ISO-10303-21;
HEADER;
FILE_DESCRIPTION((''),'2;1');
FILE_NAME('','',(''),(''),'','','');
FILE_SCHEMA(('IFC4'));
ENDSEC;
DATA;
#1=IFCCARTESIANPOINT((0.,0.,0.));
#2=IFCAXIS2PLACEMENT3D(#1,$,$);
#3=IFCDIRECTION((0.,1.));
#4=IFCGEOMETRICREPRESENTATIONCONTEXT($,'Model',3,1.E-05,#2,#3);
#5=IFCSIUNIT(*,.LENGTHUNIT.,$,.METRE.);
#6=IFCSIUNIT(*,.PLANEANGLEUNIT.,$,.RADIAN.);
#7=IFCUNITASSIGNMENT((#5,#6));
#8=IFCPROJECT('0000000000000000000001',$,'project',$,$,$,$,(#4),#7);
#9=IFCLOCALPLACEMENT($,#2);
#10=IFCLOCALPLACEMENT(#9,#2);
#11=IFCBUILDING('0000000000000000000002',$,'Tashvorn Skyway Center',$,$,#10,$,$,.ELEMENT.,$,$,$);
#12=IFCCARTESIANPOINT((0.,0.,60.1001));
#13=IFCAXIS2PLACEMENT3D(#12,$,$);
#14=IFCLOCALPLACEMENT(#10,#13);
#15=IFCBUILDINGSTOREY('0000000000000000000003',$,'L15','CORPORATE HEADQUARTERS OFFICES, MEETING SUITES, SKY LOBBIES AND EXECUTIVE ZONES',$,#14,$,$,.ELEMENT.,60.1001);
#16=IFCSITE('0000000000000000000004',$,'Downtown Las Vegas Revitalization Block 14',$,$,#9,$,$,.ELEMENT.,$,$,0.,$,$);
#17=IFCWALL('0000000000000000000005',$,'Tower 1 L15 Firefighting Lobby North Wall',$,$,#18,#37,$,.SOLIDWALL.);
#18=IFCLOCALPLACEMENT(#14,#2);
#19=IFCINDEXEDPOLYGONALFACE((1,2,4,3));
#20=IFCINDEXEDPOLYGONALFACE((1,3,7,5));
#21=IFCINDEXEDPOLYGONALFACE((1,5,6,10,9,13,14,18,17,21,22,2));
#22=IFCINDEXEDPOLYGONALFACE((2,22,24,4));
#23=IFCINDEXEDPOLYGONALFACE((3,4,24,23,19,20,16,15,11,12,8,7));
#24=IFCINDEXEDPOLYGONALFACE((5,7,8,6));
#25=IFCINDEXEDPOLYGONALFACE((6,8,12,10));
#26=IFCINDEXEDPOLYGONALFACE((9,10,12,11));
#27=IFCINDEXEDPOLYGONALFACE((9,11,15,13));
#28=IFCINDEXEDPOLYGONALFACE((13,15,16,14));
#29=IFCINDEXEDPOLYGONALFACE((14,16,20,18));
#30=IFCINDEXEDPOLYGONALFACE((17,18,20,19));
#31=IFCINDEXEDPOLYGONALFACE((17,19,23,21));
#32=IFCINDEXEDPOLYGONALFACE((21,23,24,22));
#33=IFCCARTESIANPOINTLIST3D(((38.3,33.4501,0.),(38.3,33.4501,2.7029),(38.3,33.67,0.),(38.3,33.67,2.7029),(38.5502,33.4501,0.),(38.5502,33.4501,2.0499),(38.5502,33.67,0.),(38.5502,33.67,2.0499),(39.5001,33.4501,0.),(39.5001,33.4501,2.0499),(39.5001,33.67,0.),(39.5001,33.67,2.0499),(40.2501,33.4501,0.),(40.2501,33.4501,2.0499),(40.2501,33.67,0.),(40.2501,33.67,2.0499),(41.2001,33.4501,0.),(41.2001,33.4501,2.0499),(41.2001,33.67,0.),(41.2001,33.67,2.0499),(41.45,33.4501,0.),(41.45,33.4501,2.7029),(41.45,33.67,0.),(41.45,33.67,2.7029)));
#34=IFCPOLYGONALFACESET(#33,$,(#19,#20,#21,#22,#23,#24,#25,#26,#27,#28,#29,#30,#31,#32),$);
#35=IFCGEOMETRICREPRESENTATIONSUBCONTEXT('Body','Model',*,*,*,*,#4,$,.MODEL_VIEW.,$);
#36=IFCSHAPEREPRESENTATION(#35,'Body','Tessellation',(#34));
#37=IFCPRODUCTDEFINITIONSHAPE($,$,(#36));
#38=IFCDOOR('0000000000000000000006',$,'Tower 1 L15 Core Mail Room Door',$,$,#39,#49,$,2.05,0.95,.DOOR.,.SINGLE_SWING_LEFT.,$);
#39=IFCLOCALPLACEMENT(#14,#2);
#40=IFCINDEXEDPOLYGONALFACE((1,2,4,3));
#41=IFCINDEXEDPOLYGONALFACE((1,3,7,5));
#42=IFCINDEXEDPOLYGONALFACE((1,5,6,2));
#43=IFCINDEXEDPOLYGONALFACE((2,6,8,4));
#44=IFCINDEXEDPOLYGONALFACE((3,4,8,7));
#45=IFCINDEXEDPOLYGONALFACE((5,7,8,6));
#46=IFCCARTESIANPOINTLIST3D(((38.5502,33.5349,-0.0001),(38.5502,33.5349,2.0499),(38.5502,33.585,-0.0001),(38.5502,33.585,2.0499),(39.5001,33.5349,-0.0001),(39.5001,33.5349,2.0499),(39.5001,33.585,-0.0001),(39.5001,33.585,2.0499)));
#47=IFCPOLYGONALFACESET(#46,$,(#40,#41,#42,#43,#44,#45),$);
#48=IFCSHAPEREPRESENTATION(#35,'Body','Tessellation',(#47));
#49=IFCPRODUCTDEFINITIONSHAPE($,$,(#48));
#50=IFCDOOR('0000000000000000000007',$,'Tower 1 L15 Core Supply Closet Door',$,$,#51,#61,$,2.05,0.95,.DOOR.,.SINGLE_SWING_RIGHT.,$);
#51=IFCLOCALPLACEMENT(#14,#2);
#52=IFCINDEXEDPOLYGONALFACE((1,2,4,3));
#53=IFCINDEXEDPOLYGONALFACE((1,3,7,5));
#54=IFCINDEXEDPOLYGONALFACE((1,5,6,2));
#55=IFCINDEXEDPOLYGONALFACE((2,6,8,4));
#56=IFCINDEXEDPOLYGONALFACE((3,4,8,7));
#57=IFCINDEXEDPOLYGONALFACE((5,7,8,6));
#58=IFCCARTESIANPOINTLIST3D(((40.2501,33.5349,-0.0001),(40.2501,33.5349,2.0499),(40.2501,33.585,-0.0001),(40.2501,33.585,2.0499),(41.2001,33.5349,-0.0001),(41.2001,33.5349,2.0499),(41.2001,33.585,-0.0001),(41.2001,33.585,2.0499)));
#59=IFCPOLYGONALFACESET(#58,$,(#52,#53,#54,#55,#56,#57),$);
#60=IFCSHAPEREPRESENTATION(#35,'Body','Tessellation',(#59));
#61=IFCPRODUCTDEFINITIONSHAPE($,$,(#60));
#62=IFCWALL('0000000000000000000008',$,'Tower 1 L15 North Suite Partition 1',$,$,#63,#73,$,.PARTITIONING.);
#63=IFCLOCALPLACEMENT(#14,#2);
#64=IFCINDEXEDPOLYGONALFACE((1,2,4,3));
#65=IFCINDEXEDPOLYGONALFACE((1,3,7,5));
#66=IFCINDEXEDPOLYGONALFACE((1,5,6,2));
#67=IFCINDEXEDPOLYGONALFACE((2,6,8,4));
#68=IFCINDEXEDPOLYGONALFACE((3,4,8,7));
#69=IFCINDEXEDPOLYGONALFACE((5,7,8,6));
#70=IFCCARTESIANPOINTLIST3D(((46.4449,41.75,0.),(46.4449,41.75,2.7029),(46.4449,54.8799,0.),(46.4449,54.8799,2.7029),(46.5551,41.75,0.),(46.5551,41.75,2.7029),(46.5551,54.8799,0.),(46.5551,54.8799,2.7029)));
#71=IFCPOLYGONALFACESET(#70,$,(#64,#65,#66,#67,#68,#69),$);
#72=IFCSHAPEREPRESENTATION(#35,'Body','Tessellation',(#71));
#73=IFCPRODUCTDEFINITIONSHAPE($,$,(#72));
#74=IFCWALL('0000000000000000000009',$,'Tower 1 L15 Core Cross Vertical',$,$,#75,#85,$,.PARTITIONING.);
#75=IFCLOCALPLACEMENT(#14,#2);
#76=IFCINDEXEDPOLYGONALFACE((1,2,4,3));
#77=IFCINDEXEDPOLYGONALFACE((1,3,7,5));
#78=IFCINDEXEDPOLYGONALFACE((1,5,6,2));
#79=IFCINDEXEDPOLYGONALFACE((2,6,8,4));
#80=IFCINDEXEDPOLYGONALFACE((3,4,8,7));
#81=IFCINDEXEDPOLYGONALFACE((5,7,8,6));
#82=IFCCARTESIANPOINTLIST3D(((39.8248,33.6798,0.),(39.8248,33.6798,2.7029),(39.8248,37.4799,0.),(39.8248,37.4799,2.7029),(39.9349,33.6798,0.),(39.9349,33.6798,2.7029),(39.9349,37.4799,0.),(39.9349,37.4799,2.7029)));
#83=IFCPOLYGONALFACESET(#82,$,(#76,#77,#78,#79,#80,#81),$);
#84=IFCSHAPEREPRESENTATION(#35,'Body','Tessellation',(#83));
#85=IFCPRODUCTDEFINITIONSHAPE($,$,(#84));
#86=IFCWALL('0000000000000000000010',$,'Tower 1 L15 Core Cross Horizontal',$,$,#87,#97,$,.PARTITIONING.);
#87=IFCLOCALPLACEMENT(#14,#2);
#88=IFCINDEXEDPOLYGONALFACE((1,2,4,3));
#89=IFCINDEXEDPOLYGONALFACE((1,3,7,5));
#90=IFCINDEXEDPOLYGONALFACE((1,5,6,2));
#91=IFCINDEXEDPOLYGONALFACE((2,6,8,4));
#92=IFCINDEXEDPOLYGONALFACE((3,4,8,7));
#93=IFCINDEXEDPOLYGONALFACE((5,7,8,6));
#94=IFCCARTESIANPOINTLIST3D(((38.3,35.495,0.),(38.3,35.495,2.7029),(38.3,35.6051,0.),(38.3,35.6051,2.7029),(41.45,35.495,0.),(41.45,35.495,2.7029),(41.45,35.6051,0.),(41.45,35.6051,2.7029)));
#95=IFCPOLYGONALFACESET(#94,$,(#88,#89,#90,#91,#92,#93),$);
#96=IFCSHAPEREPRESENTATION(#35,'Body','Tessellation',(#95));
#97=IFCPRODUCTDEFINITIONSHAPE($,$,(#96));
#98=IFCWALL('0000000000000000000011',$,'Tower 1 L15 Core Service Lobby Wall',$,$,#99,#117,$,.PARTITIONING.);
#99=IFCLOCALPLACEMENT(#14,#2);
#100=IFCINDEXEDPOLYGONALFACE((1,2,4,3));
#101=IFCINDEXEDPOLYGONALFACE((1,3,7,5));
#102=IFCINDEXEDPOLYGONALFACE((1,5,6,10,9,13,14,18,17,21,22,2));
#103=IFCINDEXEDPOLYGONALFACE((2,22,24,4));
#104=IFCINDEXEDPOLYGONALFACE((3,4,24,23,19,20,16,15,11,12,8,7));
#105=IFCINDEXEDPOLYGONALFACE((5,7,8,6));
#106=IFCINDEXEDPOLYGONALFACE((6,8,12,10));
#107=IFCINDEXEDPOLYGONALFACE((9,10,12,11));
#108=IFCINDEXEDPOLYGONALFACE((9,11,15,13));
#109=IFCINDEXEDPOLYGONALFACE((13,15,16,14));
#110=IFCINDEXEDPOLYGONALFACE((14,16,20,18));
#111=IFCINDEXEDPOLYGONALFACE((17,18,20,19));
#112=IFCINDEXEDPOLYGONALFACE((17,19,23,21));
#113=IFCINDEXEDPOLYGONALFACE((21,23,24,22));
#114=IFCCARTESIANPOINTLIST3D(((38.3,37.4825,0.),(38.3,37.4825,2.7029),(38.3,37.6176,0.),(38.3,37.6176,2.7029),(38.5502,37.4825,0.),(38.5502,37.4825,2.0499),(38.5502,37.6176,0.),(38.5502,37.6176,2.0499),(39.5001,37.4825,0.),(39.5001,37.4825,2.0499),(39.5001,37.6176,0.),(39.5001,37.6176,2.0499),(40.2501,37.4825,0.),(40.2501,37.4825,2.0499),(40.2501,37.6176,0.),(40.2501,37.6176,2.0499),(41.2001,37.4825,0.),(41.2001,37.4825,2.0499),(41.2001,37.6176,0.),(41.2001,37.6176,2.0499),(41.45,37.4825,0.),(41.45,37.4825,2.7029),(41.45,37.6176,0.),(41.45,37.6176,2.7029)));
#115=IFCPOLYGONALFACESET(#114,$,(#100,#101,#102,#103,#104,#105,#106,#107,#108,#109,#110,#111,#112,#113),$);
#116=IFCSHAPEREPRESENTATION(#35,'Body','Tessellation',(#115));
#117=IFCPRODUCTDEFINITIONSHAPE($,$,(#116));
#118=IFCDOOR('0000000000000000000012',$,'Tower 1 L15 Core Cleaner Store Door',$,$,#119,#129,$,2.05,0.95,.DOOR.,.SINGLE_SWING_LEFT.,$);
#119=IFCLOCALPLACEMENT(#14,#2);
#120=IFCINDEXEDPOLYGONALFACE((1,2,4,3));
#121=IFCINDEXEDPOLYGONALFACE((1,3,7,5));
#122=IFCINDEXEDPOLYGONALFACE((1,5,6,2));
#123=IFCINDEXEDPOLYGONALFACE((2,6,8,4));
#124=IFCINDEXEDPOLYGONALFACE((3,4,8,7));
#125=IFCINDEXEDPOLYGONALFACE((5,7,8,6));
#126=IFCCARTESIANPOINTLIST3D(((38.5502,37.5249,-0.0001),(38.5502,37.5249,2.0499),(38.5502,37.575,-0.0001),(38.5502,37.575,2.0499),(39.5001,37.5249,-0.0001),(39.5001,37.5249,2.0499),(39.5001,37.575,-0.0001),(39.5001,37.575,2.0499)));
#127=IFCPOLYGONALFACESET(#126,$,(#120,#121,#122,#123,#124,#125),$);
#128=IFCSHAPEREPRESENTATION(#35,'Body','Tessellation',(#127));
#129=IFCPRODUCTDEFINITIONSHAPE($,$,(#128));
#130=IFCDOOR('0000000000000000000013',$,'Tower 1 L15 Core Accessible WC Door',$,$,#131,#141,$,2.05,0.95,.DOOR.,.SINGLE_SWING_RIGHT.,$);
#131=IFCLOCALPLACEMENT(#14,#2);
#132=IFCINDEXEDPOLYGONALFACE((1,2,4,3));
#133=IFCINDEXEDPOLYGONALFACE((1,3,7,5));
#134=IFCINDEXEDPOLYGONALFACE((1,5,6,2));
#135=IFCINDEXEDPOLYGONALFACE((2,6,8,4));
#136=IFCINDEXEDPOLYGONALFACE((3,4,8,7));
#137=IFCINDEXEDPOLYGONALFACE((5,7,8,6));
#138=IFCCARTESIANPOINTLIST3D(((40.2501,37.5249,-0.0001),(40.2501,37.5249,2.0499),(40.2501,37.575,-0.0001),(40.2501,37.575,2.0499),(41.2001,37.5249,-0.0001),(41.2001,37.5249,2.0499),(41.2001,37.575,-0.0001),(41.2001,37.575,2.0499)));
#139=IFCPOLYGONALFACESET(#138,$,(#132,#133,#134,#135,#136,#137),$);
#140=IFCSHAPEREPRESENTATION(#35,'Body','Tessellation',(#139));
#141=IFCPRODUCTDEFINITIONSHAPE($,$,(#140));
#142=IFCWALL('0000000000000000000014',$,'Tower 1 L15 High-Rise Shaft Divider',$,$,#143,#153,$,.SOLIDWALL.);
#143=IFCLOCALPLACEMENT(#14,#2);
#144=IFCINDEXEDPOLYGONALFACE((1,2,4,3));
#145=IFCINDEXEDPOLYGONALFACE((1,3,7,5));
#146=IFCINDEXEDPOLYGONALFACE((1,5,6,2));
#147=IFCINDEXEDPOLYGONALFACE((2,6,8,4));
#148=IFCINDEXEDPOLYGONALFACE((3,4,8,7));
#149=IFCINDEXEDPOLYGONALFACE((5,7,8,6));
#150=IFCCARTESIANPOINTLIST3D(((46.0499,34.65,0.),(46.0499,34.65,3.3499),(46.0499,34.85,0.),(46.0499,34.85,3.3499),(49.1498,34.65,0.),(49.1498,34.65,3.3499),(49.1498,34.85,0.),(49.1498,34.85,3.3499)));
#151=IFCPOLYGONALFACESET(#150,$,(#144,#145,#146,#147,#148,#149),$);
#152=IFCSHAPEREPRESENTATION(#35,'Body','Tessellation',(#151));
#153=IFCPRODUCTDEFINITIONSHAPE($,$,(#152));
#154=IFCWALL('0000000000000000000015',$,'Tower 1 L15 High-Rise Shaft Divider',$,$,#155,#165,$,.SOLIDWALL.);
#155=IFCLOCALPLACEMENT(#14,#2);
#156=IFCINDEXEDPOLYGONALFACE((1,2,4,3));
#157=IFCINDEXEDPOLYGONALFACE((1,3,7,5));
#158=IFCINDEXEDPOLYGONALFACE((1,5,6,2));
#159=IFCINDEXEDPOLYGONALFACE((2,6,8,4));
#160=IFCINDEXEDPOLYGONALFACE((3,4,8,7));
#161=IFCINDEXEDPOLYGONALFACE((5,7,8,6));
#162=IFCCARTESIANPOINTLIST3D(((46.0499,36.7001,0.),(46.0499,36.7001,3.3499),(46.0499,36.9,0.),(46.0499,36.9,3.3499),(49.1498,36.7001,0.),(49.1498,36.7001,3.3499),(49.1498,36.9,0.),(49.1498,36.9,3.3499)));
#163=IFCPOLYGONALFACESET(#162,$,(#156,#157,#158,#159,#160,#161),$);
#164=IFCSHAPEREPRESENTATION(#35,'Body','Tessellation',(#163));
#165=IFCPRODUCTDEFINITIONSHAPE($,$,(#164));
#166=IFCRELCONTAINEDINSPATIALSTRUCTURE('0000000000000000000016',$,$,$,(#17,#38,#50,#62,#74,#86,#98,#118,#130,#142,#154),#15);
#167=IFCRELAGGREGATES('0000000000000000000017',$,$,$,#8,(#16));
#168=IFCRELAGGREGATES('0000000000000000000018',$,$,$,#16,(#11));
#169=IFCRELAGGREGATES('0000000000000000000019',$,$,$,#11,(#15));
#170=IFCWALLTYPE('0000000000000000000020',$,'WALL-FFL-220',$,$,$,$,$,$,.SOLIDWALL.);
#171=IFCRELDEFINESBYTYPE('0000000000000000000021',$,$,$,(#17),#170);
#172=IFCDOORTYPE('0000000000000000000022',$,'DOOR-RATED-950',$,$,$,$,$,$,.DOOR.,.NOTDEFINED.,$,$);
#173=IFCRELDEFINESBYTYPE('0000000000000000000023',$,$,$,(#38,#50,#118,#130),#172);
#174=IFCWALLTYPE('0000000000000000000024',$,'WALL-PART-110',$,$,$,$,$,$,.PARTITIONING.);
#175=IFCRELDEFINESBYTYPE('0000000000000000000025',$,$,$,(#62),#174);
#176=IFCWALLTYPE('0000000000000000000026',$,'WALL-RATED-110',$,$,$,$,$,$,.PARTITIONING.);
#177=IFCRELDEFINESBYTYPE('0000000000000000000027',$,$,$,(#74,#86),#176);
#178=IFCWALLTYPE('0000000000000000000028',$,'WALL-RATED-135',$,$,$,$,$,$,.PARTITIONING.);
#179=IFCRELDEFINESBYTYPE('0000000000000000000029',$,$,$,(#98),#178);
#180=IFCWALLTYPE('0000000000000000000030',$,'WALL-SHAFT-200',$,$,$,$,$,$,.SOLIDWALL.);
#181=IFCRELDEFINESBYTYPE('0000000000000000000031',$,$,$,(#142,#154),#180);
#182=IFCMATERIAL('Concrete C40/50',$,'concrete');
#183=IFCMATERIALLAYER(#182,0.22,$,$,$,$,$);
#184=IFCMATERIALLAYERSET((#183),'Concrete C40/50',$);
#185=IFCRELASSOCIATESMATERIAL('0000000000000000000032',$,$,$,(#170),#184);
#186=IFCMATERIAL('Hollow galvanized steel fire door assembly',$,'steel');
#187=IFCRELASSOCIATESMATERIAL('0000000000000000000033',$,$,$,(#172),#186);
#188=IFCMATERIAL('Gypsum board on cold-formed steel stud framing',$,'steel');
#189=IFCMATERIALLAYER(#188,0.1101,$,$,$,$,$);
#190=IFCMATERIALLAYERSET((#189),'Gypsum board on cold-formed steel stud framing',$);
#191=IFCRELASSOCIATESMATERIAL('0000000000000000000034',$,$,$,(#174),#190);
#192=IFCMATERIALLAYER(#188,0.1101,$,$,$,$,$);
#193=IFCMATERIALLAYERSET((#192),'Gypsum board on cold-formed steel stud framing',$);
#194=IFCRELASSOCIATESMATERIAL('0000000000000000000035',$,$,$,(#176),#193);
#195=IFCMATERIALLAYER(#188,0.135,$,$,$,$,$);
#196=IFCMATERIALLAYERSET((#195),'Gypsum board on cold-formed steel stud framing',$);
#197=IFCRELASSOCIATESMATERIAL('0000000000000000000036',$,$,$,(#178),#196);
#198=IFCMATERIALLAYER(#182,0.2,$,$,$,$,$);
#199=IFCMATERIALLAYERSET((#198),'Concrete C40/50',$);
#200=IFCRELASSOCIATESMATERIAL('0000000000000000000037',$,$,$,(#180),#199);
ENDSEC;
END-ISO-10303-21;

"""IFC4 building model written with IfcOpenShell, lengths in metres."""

from ifc_helpers import new_model, si_unit, direction, frame, frame_2d, origin, place, context, subcontext, project, spatial, rectangle, extrude, material, layer, layer_set, type_object, element, fill, save


model = new_model("IFC4")

# Units and contexts
model_context = context("Model", 3, precision=1e-05, world=origin(), true_north=direction((0.0, 1.0)))
body_context = subcontext(model_context, "Body", "Model", "MODEL_VIEW")
ifc_project = project(units=[si_unit("LENGTHUNIT", "METRE"), si_unit("PLANEANGLEUNIT", "RADIAN")], contexts=[model_context])

# Site, building, storey
site_placement = place(None, origin())
site = spatial("IfcSite", under=ifc_project, at=site_placement, Name="Downtown Las Vegas Revitalization Block 14", CompositionType="ELEMENT", RefElevation=0.0)
building_placement = place(site_placement, origin())
building = spatial("IfcBuilding", under=site, at=building_placement, Name="Tashvorn Skyway Center", CompositionType="ELEMENT")
storey_placement = place(building_placement, frame((0.0, 0.0, 60.1001)))
storey = spatial("IfcBuildingStorey", under=building, at=storey_placement, Name="L15", Description="CORPORATE HEADQUARTERS OFFICES, MEETING SUITES, SKY LOBBIES AND EXECUTIVE ZONES", CompositionType="ELEMENT", Elevation=60.1001)

# Wall, openings, doors
ifc_material_1 = material(Name="Concrete C40/50", Category="concrete")
ifc_layer_1 = layer(ifc_material_1, 0.22)
ifc_layer_set_1 = layer_set([ifc_layer_1], Name="Concrete C40/50")
wall_type_1 = type_object("IfcWallType", Name="WALL-FFL-220", PredefinedType="SOLIDWALL", material=ifc_layer_set_1)
wall_1_placement = place(storey_placement, frame((38.3, 33.5601, 0.0), z_axis=(0.0, 0.0, 1.0), x_axis=(1.0, 0.0, 0.0)))
wall_1 = element("IfcWall", 1, at=wall_1_placement, inside=storey, type_object=wall_type_1, Name="Tower 1 L15 Firefighting Lobby North Wall", PredefinedType="SOLIDWALL", context=body_context, shape_type="SweptSolid", body=[
    extrude(rectangle(XDim=3.1499, YDim=0.22, at=frame_2d((1.575, 0.0))), origin(), (0.0, 0.0, 1.0), 2.7029),
])
opening_1_placement = place(wall_1_placement, frame((0.25, 0.0, 0.0)))
opening_1 = element("IfcOpeningElement", 2, at=opening_1_placement, cuts=wall_1, PredefinedType="OPENING", context=body_context, shape_type="SweptSolid", body=[
    extrude(rectangle(XDim=0.95, YDim=2.05, at=frame_2d((0.4751, 1.0249))), frame((0.0, 0.1199, 0.0), z_axis=(0.0, -1.0, 0.0), x_axis=(1.0, 0.0, 0.0)), (0.0, 0.0, 1.0), 0.24),
])
opening_2_placement = place(wall_1_placement, frame((1.95, 0.0, 0.0)))
opening_2 = element("IfcOpeningElement", 3, at=opening_2_placement, cuts=wall_1, PredefinedType="OPENING", context=body_context, shape_type="SweptSolid", body=[
    extrude(rectangle(XDim=0.95, YDim=2.05, at=frame_2d((0.4751, 1.0249))), frame((0.0, 0.1199, 0.0), z_axis=(0.0, -1.0, 0.0), x_axis=(1.0, 0.0, 0.0)), (0.0, 0.0, 1.0), 0.24),
])
ifc_material_2 = material(Name="Hollow galvanized steel fire door assembly", Category="steel")
door_type_1 = type_object("IfcDoorType", Name="DOOR-RATED-950", OperationType="NOTDEFINED", PredefinedType="DOOR", material=ifc_material_2)
door_1_placement = place(opening_1_placement, origin())
door_1 = element("IfcDoor", 4, at=door_1_placement, inside=storey, type_object=door_type_1, Name="Tower 1 L15 Core Mail Room Door", OperationType="SINGLE_SWING_LEFT", OverallHeight=2.05, OverallWidth=0.95, PredefinedType="DOOR", context=body_context, shape_type="SweptSolid", body=[
    extrude(rectangle(XDim=0.95, YDim=2.05, at=frame_2d((0.4751, 1.0249))), frame((0.0, 0.0249, 0.0), z_axis=(0.0, -1.0, 0.0), x_axis=(1.0, 0.0, 0.0)), (0.0, 0.0, 1.0), 0.05),
])
fill(opening_1, door_1)
door_2_placement = place(opening_2_placement, origin())
door_2 = element("IfcDoor", 5, at=door_2_placement, inside=storey, type_object=door_type_1, Name="Tower 1 L15 Core Supply Closet Door", OperationType="SINGLE_SWING_RIGHT", OverallHeight=2.05, OverallWidth=0.95, PredefinedType="DOOR", context=body_context, shape_type="SweptSolid", body=[
    extrude(rectangle(XDim=0.95, YDim=2.05, at=frame_2d((0.4751, 1.0249))), frame((0.0, 0.0249, 0.0), z_axis=(0.0, -1.0, 0.0), x_axis=(1.0, 0.0, 0.0)), (0.0, 0.0, 1.0), 0.05),
])
fill(opening_2, door_2)

# Walls
ifc_material_3 = material(Name="Gypsum board on cold-formed steel stud framing", Category="steel")
ifc_layer_2 = layer(ifc_material_3, 0.1101)
ifc_layer_set_2 = layer_set([ifc_layer_2], Name="Gypsum board on cold-formed steel stud framing")
wall_type_2 = type_object("IfcWallType", Name="WALL-PART-110", PredefinedType="PARTITIONING", material=ifc_layer_set_2)
wall_2_placement = place(storey_placement, frame((46.5, 41.75, 0.0), z_axis=(0.0, 0.0, 1.0), x_axis=(0.0, 1.0, 0.0)))
element("IfcWall", 6, at=wall_2_placement, inside=storey, type_object=wall_type_2, Name="Tower 1 L15 North Suite Partition 1", PredefinedType="PARTITIONING", context=body_context, shape_type="SweptSolid", body=[
    extrude(rectangle(XDim=13.1299, YDim=0.1101, at=frame_2d((6.5649, 0.0))), origin(), (0.0, 0.0, 1.0), 2.7029),
])
ifc_layer_3 = layer(ifc_material_3, 0.1101)
ifc_layer_set_3 = layer_set([ifc_layer_3], Name="Gypsum board on cold-formed steel stud framing")
wall_type_3 = type_object("IfcWallType", Name="WALL-RATED-110", PredefinedType="PARTITIONING", material=ifc_layer_set_3)
wall_3_placement = place(storey_placement, frame((39.8799, 33.6799, 0.0), z_axis=(0.0, 0.0, 1.0), x_axis=(0.0, 1.0, 0.0)))
element("IfcWall", 7, at=wall_3_placement, inside=storey, type_object=wall_type_3, Name="Tower 1 L15 Core Cross Vertical", PredefinedType="PARTITIONING", context=body_context, shape_type="SweptSolid", body=[
    extrude(rectangle(XDim=3.8, YDim=0.1101, at=frame_2d((1.8999, 0.0))), origin(), (0.0, 0.0, 1.0), 2.7029),
])
wall_4_placement = place(storey_placement, frame((38.3, 35.55, 0.0), z_axis=(0.0, 0.0, 1.0), x_axis=(1.0, 0.0, 0.0)))
element("IfcWall", 8, at=wall_4_placement, inside=storey, type_object=wall_type_3, Name="Tower 1 L15 Core Cross Horizontal", PredefinedType="PARTITIONING", context=body_context, shape_type="SweptSolid", body=[
    extrude(rectangle(XDim=3.1499, YDim=0.1101, at=frame_2d((1.575, 0.0))), origin(), (0.0, 0.0, 1.0), 2.7029),
])

# Wall, openings, doors
ifc_layer_4 = layer(ifc_material_3, 0.135)
ifc_layer_set_4 = layer_set([ifc_layer_4], Name="Gypsum board on cold-formed steel stud framing")
wall_type_4 = type_object("IfcWallType", Name="WALL-RATED-135", PredefinedType="PARTITIONING", material=ifc_layer_set_4)
wall_5_placement = place(storey_placement, frame((38.3, 37.55, 0.0), z_axis=(0.0, 0.0, 1.0), x_axis=(1.0, 0.0, 0.0)))
wall_5 = element("IfcWall", 9, at=wall_5_placement, inside=storey, type_object=wall_type_4, Name="Tower 1 L15 Core Service Lobby Wall", PredefinedType="PARTITIONING", context=body_context, shape_type="SweptSolid", body=[
    extrude(rectangle(XDim=3.1499, YDim=0.135, at=frame_2d((1.575, 0.0))), origin(), (0.0, 0.0, 1.0), 2.7029),
])
opening_3_placement = place(wall_5_placement, frame((0.25, 0.0, 0.0)))
opening_3 = element("IfcOpeningElement", 10, at=opening_3_placement, cuts=wall_5, PredefinedType="OPENING", context=body_context, shape_type="SweptSolid", body=[
    extrude(rectangle(XDim=0.95, YDim=2.05, at=frame_2d((0.4751, 1.0249))), frame((0.0, 0.0774, 0.0), z_axis=(0.0, -1.0, 0.0), x_axis=(1.0, 0.0, 0.0)), (0.0, 0.0, 1.0), 0.155),
])
opening_4_placement = place(wall_5_placement, frame((1.95, 0.0, 0.0)))
opening_4 = element("IfcOpeningElement", 11, at=opening_4_placement, cuts=wall_5, PredefinedType="OPENING", context=body_context, shape_type="SweptSolid", body=[
    extrude(rectangle(XDim=0.95, YDim=2.05, at=frame_2d((0.4751, 1.0249))), frame((0.0, 0.0774, 0.0), z_axis=(0.0, -1.0, 0.0), x_axis=(1.0, 0.0, 0.0)), (0.0, 0.0, 1.0), 0.155),
])
door_3_placement = place(opening_3_placement, origin())
door_3 = element("IfcDoor", 12, at=door_3_placement, inside=storey, type_object=door_type_1, Name="Tower 1 L15 Core Cleaner Store Door", OperationType="SINGLE_SWING_LEFT", OverallHeight=2.05, OverallWidth=0.95, PredefinedType="DOOR", context=body_context, shape_type="SweptSolid", body=[
    extrude(rectangle(XDim=0.95, YDim=2.05, at=frame_2d((0.4751, 1.0249))), frame((0.0, 0.0249, 0.0), z_axis=(0.0, -1.0, 0.0), x_axis=(1.0, 0.0, 0.0)), (0.0, 0.0, 1.0), 0.05),
])
fill(opening_3, door_3)
door_4_placement = place(opening_4_placement, origin())
door_4 = element("IfcDoor", 13, at=door_4_placement, inside=storey, type_object=door_type_1, Name="Tower 1 L15 Core Accessible WC Door", OperationType="SINGLE_SWING_RIGHT", OverallHeight=2.05, OverallWidth=0.95, PredefinedType="DOOR", context=body_context, shape_type="SweptSolid", body=[
    extrude(rectangle(XDim=0.95, YDim=2.05, at=frame_2d((0.4751, 1.0249))), frame((0.0, 0.0249, 0.0), z_axis=(0.0, -1.0, 0.0), x_axis=(1.0, 0.0, 0.0)), (0.0, 0.0, 1.0), 0.05),
])
fill(opening_4, door_4)

# Walls
ifc_layer_5 = layer(ifc_material_1, 0.2)
ifc_layer_set_5 = layer_set([ifc_layer_5], Name="Concrete C40/50")
wall_type_5 = type_object("IfcWallType", Name="WALL-SHAFT-200", PredefinedType="SOLIDWALL", material=ifc_layer_set_5)
for number, where, z_axis, x_axis, name in (
    (14, (46.05, 34.75, 0.0), (0.0, 0.0, 1.0), (1.0, 0.0, 0.0), "Tower 1 L15 High-Rise Shaft Divider"),
    (15, (46.05, 36.8, 0.0), (0.0, 0.0, 1.0), (1.0, 0.0, 0.0), "Tower 1 L15 High-Rise Shaft Divider"),
):
    element("IfcWall", number, at=place(storey_placement, frame(where, z_axis=z_axis, x_axis=x_axis)), inside=storey, type_object=wall_type_5, Name=name, PredefinedType="SOLIDWALL", context=body_context, shape_type="SweptSolid", body=[
        extrude(rectangle(XDim=3.0999, YDim=0.2, at=frame_2d((1.5498, 0.0))), origin(), (0.0, 0.0, 1.0), 3.3499),
    ])

save(model, "model.ifc")
